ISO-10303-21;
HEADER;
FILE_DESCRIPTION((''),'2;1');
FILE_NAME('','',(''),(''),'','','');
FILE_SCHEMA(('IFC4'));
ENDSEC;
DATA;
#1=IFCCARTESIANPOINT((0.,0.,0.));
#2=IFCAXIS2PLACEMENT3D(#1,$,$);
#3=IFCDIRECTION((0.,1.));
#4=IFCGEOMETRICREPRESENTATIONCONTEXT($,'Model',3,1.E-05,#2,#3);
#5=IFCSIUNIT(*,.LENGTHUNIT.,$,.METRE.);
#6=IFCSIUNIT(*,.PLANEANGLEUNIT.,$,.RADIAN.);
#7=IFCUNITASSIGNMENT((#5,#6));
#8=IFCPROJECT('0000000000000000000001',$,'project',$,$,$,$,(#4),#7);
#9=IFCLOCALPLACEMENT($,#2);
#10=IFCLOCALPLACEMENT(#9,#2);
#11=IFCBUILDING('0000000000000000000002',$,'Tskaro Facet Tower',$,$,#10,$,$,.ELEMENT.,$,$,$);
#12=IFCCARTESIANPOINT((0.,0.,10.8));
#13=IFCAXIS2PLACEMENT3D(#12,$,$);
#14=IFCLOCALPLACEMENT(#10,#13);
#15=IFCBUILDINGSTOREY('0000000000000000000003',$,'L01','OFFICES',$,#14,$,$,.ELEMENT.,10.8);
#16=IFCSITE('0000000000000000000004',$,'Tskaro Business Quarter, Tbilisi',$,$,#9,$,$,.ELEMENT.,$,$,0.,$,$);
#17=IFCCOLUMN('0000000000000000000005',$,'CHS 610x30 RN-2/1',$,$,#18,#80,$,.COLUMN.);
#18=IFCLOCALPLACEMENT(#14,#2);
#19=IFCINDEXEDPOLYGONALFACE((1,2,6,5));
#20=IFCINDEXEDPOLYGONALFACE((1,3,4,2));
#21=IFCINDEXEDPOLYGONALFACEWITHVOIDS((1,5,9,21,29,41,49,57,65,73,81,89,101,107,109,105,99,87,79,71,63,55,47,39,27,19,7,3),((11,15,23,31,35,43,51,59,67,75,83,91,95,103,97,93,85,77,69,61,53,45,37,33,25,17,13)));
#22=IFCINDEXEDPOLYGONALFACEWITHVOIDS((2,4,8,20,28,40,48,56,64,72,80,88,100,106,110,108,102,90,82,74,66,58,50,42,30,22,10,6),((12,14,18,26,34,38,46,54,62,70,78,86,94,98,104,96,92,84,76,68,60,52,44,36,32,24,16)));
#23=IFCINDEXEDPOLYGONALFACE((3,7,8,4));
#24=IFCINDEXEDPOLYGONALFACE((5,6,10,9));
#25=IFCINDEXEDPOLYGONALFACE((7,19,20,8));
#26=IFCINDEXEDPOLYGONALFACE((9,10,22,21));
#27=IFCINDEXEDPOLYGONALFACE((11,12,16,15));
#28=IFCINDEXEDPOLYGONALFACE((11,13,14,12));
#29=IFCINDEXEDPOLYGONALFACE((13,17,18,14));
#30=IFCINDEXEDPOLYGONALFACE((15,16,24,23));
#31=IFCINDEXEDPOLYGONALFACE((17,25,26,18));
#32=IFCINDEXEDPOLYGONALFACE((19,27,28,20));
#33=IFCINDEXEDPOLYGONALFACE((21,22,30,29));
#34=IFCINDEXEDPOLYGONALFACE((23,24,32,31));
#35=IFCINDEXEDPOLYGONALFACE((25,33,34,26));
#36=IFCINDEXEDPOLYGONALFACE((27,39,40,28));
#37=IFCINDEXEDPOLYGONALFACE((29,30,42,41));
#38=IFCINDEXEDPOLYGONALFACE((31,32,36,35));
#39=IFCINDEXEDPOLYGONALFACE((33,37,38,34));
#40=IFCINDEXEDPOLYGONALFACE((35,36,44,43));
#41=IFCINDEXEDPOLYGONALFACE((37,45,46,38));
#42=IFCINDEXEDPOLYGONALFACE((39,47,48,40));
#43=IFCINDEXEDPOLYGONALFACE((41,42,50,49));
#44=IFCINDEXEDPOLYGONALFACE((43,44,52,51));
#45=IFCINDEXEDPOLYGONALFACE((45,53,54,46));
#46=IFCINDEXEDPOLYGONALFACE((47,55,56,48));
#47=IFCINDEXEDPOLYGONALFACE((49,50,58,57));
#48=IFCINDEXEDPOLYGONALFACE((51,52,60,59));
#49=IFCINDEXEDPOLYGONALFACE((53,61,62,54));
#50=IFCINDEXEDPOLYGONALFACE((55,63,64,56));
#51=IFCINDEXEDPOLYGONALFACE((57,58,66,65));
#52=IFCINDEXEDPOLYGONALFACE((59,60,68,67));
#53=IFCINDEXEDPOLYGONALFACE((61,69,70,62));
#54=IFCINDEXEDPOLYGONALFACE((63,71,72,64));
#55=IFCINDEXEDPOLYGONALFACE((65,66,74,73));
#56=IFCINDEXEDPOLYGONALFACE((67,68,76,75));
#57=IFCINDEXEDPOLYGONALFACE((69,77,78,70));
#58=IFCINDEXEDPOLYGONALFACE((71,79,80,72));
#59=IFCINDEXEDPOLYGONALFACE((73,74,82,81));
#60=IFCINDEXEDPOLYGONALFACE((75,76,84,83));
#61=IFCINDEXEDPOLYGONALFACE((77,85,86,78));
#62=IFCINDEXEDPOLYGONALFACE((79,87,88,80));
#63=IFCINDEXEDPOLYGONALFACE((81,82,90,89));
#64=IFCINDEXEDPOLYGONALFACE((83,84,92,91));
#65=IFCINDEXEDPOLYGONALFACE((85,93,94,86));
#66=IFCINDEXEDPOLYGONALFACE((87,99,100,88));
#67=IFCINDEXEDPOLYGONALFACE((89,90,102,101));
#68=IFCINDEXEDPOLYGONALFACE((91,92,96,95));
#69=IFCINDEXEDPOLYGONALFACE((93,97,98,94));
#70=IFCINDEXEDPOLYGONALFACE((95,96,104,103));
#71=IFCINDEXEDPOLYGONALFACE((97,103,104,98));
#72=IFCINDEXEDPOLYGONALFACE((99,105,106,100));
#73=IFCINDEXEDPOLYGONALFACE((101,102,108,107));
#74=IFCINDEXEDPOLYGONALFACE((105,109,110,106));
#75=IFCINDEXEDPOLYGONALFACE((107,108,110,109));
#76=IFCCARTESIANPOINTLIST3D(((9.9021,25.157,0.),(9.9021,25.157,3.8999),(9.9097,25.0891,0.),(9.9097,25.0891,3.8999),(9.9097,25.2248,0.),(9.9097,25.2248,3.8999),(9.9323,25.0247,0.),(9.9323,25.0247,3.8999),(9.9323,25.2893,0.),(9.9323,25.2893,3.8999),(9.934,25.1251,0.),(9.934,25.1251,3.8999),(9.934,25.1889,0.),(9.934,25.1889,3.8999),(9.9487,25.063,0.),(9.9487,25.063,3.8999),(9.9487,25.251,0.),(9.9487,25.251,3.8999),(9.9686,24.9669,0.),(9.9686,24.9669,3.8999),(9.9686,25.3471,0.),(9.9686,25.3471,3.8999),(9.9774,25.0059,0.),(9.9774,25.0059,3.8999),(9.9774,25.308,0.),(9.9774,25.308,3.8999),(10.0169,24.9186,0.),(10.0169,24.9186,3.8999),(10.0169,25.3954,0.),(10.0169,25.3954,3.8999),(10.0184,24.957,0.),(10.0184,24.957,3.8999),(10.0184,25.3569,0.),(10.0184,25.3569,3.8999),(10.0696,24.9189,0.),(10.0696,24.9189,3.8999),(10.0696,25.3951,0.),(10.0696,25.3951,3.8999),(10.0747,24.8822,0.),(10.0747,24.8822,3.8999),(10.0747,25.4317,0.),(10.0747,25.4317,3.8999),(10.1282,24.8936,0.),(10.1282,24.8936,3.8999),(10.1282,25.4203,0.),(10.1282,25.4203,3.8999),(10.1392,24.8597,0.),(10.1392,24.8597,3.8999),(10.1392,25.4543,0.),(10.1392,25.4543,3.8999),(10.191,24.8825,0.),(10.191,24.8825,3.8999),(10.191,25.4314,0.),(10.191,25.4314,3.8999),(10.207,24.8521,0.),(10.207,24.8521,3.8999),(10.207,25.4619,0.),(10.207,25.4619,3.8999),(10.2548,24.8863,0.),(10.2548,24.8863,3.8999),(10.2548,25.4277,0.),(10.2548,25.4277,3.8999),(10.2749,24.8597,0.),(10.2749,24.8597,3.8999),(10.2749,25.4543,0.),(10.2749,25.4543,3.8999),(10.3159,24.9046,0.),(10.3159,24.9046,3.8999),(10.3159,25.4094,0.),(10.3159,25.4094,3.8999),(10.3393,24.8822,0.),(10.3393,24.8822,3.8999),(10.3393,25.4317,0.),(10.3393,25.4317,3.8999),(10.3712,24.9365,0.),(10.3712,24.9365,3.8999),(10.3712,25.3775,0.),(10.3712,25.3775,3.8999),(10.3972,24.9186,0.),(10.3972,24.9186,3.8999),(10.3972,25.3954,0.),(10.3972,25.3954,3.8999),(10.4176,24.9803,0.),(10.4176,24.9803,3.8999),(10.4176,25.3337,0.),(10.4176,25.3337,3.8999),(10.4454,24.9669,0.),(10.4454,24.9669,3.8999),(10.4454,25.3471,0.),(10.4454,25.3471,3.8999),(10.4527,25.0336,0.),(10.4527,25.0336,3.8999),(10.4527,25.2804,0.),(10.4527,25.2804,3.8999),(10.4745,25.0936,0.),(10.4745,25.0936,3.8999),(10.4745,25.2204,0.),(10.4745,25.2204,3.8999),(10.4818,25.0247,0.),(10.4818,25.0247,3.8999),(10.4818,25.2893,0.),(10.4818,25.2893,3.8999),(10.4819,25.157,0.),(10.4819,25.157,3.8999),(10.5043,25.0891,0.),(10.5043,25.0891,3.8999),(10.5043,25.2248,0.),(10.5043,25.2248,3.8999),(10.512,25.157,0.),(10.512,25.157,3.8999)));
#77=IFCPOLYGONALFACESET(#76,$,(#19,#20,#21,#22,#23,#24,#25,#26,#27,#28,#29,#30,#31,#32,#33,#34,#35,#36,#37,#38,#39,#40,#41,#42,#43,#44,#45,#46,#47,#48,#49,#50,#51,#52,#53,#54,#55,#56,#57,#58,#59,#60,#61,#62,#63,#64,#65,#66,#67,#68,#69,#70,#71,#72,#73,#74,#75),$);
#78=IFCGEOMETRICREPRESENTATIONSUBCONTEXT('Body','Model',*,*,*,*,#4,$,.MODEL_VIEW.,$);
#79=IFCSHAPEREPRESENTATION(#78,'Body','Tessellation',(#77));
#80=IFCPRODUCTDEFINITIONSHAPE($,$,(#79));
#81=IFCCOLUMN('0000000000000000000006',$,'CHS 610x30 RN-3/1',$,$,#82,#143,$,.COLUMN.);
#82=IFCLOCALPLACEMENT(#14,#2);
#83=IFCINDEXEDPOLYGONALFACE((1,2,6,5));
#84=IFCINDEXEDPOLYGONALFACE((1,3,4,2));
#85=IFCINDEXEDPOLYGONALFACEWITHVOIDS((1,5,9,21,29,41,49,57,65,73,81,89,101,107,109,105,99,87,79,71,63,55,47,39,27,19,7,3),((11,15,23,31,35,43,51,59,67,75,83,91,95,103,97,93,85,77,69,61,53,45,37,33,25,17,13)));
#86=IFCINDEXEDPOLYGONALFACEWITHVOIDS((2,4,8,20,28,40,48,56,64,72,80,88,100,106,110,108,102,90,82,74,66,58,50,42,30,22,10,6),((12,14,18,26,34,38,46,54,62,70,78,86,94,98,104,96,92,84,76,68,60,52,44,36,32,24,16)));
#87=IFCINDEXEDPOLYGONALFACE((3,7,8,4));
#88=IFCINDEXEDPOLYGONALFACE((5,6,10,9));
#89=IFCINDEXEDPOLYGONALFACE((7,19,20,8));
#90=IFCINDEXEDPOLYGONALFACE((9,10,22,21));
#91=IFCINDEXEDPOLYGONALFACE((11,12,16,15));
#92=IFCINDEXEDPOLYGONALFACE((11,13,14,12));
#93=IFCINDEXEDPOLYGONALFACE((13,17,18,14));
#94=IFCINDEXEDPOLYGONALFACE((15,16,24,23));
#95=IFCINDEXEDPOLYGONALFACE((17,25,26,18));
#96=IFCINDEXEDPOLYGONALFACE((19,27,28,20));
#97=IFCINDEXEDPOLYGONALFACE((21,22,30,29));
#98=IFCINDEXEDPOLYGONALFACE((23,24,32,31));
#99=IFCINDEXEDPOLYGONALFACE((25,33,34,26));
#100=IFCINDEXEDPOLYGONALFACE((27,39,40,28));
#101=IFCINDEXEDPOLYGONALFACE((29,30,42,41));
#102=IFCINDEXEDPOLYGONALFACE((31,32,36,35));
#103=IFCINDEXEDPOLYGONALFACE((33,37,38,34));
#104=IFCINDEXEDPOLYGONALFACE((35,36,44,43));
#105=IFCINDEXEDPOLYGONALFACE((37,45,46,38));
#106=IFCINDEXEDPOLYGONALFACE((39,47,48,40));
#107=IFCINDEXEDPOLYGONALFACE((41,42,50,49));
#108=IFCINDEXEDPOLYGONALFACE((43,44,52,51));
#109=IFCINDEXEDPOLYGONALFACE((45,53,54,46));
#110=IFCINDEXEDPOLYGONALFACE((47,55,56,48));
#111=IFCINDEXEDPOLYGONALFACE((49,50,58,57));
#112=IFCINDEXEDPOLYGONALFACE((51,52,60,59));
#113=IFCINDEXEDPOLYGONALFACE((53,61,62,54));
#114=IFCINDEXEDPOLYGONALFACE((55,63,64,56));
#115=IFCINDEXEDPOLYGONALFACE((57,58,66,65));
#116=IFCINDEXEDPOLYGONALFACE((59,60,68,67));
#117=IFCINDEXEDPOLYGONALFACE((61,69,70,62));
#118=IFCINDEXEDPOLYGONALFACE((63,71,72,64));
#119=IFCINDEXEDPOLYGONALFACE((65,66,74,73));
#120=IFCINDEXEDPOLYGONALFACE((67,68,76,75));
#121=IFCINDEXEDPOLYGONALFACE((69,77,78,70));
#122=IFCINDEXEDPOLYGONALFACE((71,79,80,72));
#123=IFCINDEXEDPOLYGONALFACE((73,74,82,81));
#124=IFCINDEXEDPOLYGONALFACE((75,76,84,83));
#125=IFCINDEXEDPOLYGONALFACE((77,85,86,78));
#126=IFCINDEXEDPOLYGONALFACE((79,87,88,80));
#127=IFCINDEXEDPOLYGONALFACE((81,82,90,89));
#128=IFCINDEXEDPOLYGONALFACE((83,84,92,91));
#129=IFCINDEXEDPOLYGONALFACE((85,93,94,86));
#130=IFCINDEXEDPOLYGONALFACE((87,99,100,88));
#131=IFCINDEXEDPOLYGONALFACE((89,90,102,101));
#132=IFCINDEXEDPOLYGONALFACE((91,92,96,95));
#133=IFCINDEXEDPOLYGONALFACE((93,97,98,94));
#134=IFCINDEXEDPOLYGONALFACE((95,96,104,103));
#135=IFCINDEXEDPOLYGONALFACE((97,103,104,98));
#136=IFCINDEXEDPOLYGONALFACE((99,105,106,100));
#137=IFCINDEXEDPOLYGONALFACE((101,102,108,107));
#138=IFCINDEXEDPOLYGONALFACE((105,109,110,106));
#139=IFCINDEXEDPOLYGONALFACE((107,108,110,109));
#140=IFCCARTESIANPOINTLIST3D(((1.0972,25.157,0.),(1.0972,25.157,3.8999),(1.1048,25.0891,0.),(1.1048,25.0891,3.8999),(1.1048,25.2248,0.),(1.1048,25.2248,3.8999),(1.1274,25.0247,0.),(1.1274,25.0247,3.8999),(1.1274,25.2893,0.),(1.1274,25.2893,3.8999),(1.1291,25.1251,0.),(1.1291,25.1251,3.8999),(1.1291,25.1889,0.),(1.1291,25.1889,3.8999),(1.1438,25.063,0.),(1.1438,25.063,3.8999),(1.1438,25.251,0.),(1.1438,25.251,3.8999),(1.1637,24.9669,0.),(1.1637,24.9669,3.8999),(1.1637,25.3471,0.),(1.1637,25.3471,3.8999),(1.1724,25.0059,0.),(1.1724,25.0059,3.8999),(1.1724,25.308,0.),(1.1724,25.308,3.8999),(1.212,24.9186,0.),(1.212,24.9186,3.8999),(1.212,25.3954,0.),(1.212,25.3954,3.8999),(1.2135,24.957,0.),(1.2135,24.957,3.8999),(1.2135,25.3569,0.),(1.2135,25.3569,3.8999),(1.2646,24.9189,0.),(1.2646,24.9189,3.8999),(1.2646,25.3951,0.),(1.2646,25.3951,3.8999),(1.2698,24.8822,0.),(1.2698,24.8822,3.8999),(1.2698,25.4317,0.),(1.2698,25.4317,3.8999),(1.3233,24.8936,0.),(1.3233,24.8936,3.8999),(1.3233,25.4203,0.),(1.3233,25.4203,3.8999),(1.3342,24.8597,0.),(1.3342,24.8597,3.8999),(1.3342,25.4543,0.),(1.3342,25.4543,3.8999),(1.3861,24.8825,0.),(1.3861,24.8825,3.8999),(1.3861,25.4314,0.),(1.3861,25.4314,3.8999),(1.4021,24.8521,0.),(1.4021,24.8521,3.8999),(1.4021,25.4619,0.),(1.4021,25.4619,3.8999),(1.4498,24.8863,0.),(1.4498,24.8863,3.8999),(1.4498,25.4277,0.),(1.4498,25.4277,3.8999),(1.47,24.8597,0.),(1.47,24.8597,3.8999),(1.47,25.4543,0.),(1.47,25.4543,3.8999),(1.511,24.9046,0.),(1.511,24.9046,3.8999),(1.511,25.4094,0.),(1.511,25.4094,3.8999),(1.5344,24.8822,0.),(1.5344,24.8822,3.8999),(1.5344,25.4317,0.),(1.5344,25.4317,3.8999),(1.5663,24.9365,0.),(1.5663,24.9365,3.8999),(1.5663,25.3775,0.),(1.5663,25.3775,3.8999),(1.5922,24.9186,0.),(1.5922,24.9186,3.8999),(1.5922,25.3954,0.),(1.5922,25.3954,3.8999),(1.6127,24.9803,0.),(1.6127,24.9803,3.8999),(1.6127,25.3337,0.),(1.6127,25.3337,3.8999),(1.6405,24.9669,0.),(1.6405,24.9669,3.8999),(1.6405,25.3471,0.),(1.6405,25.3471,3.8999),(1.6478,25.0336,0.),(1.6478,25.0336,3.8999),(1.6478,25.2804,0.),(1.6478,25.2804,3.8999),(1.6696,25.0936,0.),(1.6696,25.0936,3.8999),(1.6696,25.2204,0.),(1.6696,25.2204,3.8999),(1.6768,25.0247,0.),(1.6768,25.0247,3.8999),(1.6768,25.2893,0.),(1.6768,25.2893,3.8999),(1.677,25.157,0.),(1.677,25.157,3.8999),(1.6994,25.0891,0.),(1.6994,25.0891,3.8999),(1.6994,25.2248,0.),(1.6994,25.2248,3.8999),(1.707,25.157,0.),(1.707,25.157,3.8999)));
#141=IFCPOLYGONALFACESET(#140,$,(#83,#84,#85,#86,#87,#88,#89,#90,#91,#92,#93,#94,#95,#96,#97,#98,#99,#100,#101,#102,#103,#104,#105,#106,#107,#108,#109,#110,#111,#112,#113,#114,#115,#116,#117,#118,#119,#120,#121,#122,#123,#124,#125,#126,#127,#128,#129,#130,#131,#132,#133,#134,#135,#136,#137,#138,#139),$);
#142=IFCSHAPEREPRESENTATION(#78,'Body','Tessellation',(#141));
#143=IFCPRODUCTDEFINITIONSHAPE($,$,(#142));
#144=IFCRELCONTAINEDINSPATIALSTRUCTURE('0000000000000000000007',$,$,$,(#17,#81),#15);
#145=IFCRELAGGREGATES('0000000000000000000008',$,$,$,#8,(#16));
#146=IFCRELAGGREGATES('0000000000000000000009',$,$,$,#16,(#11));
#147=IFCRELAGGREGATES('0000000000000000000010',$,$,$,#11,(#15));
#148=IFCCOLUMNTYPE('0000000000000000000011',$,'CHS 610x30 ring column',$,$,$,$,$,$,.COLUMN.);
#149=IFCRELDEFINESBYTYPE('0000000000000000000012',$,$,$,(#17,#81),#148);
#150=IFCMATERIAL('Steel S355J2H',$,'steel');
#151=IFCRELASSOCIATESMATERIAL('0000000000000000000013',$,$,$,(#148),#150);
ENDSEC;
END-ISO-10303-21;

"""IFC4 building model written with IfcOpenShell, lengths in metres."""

from ifc_helpers import new_model, si_unit, direction, frame, origin, origin_2d, place, context, subcontext, project, spatial, hollow_circle, extrude, material, material_profile, profile_set, type_object, element, save


model = new_model("IFC4")

# Units and contexts
model_context = context("Model", 3, precision=1e-05, world=origin(), true_north=direction((0.0, 1.0)))
body_context = subcontext(model_context, "Body", "Model", "MODEL_VIEW")
ifc_project = project(units=[si_unit("LENGTHUNIT", "METRE"), si_unit("PLANEANGLEUNIT", "RADIAN")], contexts=[model_context])

# Site, building, storey
site_placement = place(None, origin())
site = spatial("IfcSite", under=ifc_project, at=site_placement, Name="Tskaro Business Quarter, Tbilisi", CompositionType="ELEMENT", RefElevation=0.0)
building_placement = place(site_placement, origin())
building = spatial("IfcBuilding", under=site, at=building_placement, Name="Tskaro Facet Tower", CompositionType="ELEMENT")
storey_placement = place(building_placement, frame((0.0, 0.0, 10.8)))
storey = spatial("IfcBuildingStorey", under=building, at=storey_placement, Name="L01", Description="OFFICES", CompositionType="ELEMENT", Elevation=10.8)

# Columns
ifc_material_1 = material(Name="Steel S355J2H", Category="steel")
ifc_material_profile_1 = material_profile(ifc_material_1, hollow_circle(Radius=0.3049, WallThickness=0.03, at=origin_2d()), Name="CHS 610x30")
ifc_profile_set_1 = profile_set([ifc_material_profile_1], Name="Steel S355J2H")
column_type_1 = type_object("IfcColumnType", Name="CHS 610x30 ring column", PredefinedType="COLUMN", material=ifc_profile_set_1)
for number, where, z_axis, x_axis, name in (
    (1, (10.207, 25.157, 0.0), (0.0, 0.0, 1.0), (1.0, 0.0, 0.0), "CHS 610x30 RN-2/1"),
    (2, (1.4021, 25.157, 0.0), (0.0, 0.0, 1.0), (1.0, 0.0, 0.0), "CHS 610x30 RN-3/1"),
):
    element("IfcColumn", number, at=place(storey_placement, frame(where, z_axis=z_axis, x_axis=x_axis)), inside=storey, type_object=column_type_1, Name=name, PredefinedType="COLUMN", context=body_context, shape_type="SweptSolid", body=[
        extrude(hollow_circle(Radius=0.3049, WallThickness=0.03, at=origin_2d()), origin(), (0.0, 0.0, 1.0), 3.8999),
    ])

save(model, "model.ifc")
